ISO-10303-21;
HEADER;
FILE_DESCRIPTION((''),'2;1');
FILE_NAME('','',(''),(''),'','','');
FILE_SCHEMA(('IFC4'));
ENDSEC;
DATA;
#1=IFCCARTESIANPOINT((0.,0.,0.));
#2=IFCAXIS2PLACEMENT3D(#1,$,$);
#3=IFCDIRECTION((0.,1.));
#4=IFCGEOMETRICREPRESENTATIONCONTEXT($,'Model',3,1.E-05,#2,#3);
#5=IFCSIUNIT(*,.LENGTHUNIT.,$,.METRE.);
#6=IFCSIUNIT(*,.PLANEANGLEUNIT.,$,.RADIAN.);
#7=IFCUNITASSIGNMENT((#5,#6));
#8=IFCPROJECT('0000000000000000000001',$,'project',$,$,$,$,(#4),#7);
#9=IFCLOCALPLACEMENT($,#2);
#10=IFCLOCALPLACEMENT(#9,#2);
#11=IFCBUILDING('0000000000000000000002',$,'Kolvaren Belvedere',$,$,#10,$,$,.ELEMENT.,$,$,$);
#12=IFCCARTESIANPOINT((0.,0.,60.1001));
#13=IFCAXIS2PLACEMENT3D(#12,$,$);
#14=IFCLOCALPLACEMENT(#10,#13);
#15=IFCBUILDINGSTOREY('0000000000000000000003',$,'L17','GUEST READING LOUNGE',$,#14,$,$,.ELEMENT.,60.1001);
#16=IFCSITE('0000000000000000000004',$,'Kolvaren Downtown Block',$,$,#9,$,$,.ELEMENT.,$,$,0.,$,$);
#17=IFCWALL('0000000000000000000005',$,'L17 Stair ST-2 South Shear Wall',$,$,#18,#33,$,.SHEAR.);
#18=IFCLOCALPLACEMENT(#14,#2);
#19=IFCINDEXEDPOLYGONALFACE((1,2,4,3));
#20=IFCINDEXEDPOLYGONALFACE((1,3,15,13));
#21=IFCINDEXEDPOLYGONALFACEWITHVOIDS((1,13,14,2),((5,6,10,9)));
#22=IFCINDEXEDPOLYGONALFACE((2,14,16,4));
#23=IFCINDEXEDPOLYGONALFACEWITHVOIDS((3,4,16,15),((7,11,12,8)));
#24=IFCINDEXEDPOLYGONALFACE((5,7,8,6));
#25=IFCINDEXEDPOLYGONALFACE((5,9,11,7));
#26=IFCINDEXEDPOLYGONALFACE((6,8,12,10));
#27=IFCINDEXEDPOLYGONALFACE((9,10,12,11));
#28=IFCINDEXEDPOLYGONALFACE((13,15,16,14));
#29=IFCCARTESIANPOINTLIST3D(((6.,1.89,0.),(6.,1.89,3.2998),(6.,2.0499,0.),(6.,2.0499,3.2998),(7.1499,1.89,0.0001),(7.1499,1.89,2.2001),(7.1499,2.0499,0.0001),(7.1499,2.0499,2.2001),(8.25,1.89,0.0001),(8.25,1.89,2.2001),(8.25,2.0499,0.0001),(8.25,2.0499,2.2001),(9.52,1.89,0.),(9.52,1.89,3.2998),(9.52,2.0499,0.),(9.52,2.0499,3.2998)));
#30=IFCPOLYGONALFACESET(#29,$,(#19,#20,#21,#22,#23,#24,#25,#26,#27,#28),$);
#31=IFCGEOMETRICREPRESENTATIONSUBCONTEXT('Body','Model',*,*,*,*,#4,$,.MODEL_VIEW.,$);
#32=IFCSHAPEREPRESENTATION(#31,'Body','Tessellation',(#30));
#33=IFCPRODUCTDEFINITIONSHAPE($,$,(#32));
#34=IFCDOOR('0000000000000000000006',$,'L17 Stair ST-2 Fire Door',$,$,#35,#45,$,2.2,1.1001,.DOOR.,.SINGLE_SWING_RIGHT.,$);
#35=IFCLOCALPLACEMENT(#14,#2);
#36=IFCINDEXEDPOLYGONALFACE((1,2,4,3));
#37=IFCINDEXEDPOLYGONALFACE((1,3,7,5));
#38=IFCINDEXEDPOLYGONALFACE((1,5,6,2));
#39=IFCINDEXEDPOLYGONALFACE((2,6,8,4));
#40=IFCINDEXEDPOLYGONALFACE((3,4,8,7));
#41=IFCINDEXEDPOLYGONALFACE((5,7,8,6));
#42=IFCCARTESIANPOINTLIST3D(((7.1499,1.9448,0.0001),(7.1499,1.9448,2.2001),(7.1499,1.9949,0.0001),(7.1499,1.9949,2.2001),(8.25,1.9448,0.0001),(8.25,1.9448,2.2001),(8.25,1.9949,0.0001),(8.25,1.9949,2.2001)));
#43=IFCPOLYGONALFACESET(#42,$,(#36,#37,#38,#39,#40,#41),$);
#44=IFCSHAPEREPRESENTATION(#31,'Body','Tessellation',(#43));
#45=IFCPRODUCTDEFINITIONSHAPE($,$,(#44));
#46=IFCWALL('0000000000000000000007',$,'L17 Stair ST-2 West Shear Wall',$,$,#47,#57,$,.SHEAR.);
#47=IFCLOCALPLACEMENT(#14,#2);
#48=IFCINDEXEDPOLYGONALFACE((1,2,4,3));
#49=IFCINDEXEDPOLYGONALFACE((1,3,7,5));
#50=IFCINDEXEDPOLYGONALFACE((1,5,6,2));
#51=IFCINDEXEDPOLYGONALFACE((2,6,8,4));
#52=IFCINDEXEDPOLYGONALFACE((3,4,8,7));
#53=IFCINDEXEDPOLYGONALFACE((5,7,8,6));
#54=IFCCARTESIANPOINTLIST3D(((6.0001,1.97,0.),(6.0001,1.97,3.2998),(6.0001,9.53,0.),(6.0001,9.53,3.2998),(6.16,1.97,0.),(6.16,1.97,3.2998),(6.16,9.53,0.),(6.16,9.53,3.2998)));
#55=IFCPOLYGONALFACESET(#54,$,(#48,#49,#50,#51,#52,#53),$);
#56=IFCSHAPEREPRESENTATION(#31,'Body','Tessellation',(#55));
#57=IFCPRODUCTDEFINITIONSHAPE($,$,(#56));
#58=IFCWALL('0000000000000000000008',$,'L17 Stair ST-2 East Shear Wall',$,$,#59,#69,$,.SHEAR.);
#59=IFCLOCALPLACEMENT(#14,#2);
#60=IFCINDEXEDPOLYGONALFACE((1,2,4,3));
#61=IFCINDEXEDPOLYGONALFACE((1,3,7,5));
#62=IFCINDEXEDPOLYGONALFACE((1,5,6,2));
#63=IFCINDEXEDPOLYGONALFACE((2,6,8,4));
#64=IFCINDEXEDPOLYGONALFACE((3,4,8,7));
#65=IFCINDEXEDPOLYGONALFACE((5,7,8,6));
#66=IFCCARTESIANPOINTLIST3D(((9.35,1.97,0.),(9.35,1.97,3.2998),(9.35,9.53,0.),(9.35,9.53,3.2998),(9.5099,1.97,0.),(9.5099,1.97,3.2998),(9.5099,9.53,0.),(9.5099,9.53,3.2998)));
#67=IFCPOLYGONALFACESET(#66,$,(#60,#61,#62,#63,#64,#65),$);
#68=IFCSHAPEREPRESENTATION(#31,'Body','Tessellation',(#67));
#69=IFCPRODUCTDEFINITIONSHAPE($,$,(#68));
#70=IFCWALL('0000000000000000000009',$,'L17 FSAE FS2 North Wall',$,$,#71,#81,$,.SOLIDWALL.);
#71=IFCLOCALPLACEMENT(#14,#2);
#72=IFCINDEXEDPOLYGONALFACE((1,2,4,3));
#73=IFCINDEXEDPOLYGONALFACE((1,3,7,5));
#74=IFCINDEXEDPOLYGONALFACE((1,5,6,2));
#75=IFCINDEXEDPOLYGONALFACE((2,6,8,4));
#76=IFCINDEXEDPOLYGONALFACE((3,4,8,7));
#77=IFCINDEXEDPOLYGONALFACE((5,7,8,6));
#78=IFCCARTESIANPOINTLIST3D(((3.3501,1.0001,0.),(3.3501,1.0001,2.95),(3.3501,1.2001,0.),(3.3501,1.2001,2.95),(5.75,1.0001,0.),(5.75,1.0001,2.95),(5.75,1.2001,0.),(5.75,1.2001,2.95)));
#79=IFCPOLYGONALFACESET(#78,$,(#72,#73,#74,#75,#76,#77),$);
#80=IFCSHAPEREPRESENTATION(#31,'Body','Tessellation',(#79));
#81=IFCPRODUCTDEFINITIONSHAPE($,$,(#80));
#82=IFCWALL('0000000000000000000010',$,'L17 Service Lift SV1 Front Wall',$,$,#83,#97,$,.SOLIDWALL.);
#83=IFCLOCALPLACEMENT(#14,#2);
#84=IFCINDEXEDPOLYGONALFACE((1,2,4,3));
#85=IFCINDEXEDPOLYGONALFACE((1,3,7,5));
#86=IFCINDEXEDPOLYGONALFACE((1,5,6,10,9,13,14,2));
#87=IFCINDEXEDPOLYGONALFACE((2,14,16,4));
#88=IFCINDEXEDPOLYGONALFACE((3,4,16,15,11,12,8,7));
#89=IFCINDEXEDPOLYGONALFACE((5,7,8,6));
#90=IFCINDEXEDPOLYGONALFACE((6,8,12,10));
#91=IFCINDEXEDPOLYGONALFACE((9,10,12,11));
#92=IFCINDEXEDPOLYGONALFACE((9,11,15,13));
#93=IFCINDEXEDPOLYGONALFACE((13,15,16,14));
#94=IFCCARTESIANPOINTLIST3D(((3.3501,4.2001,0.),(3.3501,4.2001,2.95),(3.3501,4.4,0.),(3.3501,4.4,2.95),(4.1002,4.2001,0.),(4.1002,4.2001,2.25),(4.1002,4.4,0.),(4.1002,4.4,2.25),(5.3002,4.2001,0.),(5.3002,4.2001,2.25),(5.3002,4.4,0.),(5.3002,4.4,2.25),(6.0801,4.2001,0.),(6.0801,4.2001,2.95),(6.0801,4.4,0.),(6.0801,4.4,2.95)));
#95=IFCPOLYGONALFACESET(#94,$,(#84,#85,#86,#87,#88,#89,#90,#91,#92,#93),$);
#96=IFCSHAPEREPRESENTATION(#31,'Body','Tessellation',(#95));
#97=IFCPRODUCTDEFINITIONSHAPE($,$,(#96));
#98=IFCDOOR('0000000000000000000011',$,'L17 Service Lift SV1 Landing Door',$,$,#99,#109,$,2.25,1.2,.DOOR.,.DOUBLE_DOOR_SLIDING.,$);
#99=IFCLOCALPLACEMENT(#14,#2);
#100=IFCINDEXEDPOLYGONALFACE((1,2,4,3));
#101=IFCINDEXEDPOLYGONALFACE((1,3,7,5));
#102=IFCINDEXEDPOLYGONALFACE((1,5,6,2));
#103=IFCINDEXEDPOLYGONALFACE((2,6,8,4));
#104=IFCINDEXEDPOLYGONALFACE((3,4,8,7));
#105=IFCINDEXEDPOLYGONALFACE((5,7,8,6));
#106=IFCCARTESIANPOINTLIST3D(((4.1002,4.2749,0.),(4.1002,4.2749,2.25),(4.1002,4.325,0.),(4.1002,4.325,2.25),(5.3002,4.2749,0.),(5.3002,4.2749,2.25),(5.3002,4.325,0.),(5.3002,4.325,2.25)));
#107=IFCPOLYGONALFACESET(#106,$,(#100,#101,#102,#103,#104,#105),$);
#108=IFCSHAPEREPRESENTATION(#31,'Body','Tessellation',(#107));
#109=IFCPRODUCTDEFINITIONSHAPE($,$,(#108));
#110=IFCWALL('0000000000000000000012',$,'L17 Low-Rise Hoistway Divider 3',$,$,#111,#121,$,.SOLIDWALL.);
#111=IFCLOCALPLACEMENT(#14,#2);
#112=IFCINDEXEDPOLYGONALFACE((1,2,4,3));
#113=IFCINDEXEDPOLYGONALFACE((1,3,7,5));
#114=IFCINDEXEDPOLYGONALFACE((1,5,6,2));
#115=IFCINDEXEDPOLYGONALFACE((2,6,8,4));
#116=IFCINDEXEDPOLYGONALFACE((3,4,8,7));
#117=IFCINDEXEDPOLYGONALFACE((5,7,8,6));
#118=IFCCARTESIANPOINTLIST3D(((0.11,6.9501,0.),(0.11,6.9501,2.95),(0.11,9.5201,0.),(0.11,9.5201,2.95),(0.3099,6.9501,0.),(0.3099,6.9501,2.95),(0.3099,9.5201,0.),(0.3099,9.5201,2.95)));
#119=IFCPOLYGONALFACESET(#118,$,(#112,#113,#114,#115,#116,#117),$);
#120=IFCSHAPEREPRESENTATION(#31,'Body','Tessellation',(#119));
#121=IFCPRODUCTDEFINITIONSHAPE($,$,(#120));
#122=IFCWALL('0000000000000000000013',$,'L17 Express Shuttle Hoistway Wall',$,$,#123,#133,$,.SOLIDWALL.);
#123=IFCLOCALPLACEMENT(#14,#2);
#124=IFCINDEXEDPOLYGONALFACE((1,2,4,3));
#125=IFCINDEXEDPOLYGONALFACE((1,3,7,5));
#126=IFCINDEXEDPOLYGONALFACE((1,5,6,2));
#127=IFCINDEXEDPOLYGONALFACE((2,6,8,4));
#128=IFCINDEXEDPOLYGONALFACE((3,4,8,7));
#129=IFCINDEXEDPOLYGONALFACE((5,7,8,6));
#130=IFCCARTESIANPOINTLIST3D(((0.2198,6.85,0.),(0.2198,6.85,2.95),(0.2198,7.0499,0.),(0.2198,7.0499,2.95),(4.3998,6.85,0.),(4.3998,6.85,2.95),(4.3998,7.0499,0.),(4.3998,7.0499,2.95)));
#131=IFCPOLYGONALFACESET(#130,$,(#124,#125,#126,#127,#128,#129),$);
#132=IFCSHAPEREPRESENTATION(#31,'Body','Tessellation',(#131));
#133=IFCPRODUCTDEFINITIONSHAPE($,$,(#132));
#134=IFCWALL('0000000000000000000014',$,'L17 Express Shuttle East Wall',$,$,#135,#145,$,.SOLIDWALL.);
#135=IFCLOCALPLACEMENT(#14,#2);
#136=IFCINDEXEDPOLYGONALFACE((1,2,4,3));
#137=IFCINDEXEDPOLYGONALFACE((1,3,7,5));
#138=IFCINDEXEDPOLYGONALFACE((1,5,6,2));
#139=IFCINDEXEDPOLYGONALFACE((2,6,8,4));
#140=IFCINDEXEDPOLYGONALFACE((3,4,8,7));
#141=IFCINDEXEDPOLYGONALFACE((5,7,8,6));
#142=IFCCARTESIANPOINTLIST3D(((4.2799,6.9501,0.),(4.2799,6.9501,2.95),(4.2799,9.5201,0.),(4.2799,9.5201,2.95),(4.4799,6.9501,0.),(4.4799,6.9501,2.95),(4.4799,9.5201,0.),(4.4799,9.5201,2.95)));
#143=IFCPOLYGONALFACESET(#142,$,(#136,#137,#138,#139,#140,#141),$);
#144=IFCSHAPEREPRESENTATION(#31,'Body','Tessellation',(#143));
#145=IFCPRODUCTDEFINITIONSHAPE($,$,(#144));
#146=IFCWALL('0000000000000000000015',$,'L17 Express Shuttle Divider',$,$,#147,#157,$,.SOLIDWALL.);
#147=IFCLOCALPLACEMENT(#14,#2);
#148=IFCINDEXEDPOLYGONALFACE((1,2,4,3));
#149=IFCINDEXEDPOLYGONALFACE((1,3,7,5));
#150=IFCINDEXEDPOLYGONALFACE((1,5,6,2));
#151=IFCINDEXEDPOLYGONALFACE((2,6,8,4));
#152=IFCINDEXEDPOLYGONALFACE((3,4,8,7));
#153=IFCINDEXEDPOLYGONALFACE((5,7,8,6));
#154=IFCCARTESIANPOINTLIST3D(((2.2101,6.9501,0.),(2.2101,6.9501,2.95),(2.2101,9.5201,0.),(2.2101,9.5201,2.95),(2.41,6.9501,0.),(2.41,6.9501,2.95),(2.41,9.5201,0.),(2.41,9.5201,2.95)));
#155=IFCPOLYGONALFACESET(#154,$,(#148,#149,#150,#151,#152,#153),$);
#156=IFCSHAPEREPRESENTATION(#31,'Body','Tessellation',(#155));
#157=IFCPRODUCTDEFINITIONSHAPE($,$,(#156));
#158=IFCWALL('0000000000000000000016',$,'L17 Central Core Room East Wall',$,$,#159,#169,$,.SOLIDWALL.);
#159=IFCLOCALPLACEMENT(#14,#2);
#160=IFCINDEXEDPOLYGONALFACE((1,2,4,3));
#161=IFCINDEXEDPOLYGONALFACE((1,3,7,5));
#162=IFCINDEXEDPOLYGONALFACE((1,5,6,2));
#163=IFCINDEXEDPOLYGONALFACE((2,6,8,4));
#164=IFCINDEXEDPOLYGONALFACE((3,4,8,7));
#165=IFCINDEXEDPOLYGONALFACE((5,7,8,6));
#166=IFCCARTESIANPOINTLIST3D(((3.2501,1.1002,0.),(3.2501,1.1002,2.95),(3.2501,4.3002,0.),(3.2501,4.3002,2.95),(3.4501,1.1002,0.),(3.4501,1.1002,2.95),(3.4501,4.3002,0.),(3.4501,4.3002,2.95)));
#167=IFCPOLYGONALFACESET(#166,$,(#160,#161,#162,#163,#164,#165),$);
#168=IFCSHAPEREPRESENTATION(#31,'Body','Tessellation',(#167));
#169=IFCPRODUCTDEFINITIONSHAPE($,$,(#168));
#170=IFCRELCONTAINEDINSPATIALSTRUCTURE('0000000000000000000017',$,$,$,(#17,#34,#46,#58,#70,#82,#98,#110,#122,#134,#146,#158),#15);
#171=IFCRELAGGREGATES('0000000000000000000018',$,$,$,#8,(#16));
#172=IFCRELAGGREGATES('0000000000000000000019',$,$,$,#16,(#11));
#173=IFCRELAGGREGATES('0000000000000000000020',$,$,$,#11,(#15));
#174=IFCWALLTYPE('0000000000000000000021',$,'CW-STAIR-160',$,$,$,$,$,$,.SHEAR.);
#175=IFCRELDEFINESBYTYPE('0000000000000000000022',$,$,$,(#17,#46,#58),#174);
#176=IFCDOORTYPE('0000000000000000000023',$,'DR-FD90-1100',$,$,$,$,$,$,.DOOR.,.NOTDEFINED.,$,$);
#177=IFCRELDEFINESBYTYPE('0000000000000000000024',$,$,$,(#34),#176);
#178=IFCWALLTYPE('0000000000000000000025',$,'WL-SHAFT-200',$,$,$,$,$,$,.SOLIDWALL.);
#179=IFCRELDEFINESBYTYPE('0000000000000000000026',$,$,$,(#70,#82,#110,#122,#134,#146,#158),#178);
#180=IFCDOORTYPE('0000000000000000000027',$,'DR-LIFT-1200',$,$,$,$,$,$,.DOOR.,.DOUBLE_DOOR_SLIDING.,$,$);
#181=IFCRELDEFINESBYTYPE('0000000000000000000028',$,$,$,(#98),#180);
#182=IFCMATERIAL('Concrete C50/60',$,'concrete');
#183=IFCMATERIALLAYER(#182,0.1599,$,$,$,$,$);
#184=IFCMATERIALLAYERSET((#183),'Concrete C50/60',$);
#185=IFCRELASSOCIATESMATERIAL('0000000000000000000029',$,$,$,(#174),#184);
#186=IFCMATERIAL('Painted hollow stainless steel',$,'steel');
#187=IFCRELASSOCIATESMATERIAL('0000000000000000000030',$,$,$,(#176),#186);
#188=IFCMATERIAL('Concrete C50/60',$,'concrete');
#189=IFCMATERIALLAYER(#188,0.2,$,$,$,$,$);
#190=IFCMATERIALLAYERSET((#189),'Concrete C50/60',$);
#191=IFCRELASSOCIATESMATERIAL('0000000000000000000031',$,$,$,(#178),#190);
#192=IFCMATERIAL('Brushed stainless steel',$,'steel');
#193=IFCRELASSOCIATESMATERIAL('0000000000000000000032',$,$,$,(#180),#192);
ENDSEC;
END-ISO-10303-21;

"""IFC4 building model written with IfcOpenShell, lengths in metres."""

from ifc_helpers import new_model, si_unit, direction, frame, frame_2d, origin, place, context, subcontext, project, spatial, rectangle, extrude, material, layer, layer_set, type_object, element, fill, save


model = new_model("IFC4")

# Units and contexts
model_context = context("Model", 3, precision=1e-05, world=origin(), true_north=direction((0.0, 1.0)))
body_context = subcontext(model_context, "Body", "Model", "MODEL_VIEW")
ifc_project = project(units=[si_unit("LENGTHUNIT", "METRE"), si_unit("PLANEANGLEUNIT", "RADIAN")], contexts=[model_context])

# Site, building, storey
site_placement = place(None, origin())
site = spatial("IfcSite", under=ifc_project, at=site_placement, Name="Kolvaren Downtown Block", CompositionType="ELEMENT", RefElevation=0.0)
building_placement = place(site_placement, origin())
building = spatial("IfcBuilding", under=site, at=building_placement, Name="Kolvaren Belvedere", CompositionType="ELEMENT")
storey_placement = place(building_placement, frame((0.0, 0.0, 60.1001)))
storey = spatial("IfcBuildingStorey", under=building, at=storey_placement, Name="L17", Description="GUEST READING LOUNGE", CompositionType="ELEMENT", Elevation=60.1001)

# Wall, opening, door
ifc_material_1 = material(Name="Concrete C50/60", Category="concrete")
ifc_layer_1 = layer(ifc_material_1, 0.1599)
ifc_layer_set_1 = layer_set([ifc_layer_1], Name="Concrete C50/60")
wall_type_1 = type_object("IfcWallType", Name="CW-STAIR-160", PredefinedType="SHEAR", material=ifc_layer_set_1)
wall_1_placement = place(storey_placement, frame((6.0, 1.97, 0.0), z_axis=(0.0, 0.0, 1.0), x_axis=(1.0, 0.0, 0.0)))
wall_1 = element("IfcWall", 1, at=wall_1_placement, inside=storey, type_object=wall_type_1, Name="L17 Stair ST-2 South Shear Wall", PredefinedType="SHEAR", context=body_context, shape_type="SweptSolid", body=[
    extrude(rectangle(XDim=3.52, YDim=0.1599, at=frame_2d((1.76, 0.0))), origin(), (0.0, 0.0, 1.0), 3.2998),
])
opening_1_placement = place(wall_1_placement, frame((1.1499, 0.0, 0.0)))
opening_1 = element("IfcOpeningElement", 2, at=opening_1_placement, cuts=wall_1, PredefinedType="OPENING", context=body_context, shape_type="SweptSolid", body=[
    extrude(rectangle(XDim=1.1001, YDim=2.2, at=frame_2d((0.55, 1.1001))), frame((0.0, 0.0898, 0.0), z_axis=(0.0, -1.0, 0.0), x_axis=(1.0, 0.0, 0.0)), (0.0, 0.0, 1.0), 0.1799),
])
ifc_material_2 = material(Name="Painted hollow stainless steel", Category="steel")
door_type_1 = type_object("IfcDoorType", Name="DR-FD90-1100", OperationType="NOTDEFINED", PredefinedType="DOOR", material=ifc_material_2)
door_1_placement = place(opening_1_placement, origin())
door_1 = element("IfcDoor", 3, at=door_1_placement, inside=storey, type_object=door_type_1, Name="L17 Stair ST-2 Fire Door", OperationType="SINGLE_SWING_RIGHT", OverallHeight=2.2, OverallWidth=1.1001, PredefinedType="DOOR", context=body_context, shape_type="SweptSolid", body=[
    extrude(rectangle(XDim=1.1001, YDim=2.2, at=frame_2d((0.55, 1.1001))), frame((0.0, 0.0249, 0.0), z_axis=(0.0, -1.0, 0.0), x_axis=(1.0, 0.0, 0.0)), (0.0, 0.0, 1.0), 0.05),
])
fill(opening_1, door_1)

# Walls
for number, where, z_axis, x_axis, name in (
    (4, (6.0801, 1.97, 0.0), (0.0, 0.0, 1.0), (0.0, 1.0, 0.0), "L17 Stair ST-2 West Shear Wall"),
    (5, (9.4299, 1.97, 0.0), (0.0, 0.0, 1.0), (0.0, 1.0, 0.0), "L17 Stair ST-2 East Shear Wall"),
):
    element("IfcWall", number, at=place(storey_placement, frame(where, z_axis=z_axis, x_axis=x_axis)), inside=storey, type_object=wall_type_1, Name=name, PredefinedType="SHEAR", context=body_context, shape_type="SweptSolid", body=[
        extrude(rectangle(XDim=7.5601, YDim=0.1599, at=frame_2d((3.78, 0.0))), origin(), (0.0, 0.0, 1.0), 3.2998),
    ])
ifc_material_3 = material(Name="Concrete C50/60", Category="concrete")
ifc_layer_2 = layer(ifc_material_3, 0.2)
ifc_layer_set_2 = layer_set([ifc_layer_2], Name="Concrete C50/60")
wall_type_2 = type_object("IfcWallType", Name="WL-SHAFT-200", PredefinedType="SOLIDWALL", material=ifc_layer_set_2)
wall_2_placement = place(storey_placement, frame((3.3501, 1.1001, 0.0), z_axis=(0.0, 0.0, 1.0), x_axis=(1.0, 0.0, 0.0)))
element("IfcWall", 6, at=wall_2_placement, inside=storey, type_object=wall_type_2, Name="L17 FSAE FS2 North Wall", PredefinedType="SOLIDWALL", context=body_context, shape_type="SweptSolid", body=[
    extrude(rectangle(XDim=2.3999, YDim=0.2, at=frame_2d((1.2, 0.0))), origin(), (0.0, 0.0, 1.0), 2.95),
])

# Wall, opening, door
wall_3_placement = place(storey_placement, frame((3.3501, 4.3, 0.0), z_axis=(0.0, 0.0, 1.0), x_axis=(1.0, 0.0, 0.0)))
wall_3 = element("IfcWall", 7, at=wall_3_placement, inside=storey, type_object=wall_type_2, Name="L17 Service Lift SV1 Front Wall", PredefinedType="SOLIDWALL", context=body_context, shape_type="SweptSolid", body=[
    extrude(rectangle(XDim=2.73, YDim=0.2, at=frame_2d((1.365, 0.0))), origin(), (0.0, 0.0, 1.0), 2.95),
])
opening_2_placement = place(wall_3_placement, frame((0.75, 0.0, 0.0)))
opening_2 = element("IfcOpeningElement", 8, at=opening_2_placement, cuts=wall_3, PredefinedType="OPENING", context=body_context, shape_type="SweptSolid", body=[
    extrude(rectangle(XDim=1.2, YDim=2.25, at=frame_2d((0.6001, 1.125))), frame((0.0, 0.1099, 0.0), z_axis=(0.0, -1.0, 0.0), x_axis=(1.0, 0.0, 0.0)), (0.0, 0.0, 1.0), 0.22),
])
ifc_material_4 = material(Name="Brushed stainless steel", Category="steel")
door_type_2 = type_object("IfcDoorType", Name="DR-LIFT-1200", OperationType="DOUBLE_DOOR_SLIDING", PredefinedType="DOOR", material=ifc_material_4)
door_2_placement = place(opening_2_placement, origin())
door_2 = element("IfcDoor", 9, at=door_2_placement, inside=storey, type_object=door_type_2, Name="L17 Service Lift SV1 Landing Door", OperationType="DOUBLE_DOOR_SLIDING", OverallHeight=2.25, OverallWidth=1.2, PredefinedType="DOOR", context=body_context, shape_type="SweptSolid", body=[
    extrude(rectangle(XDim=1.2, YDim=2.25, at=frame_2d((0.6001, 1.125))), frame((0.0, 0.0249, 0.0), z_axis=(0.0, -1.0, 0.0), x_axis=(1.0, 0.0, 0.0)), (0.0, 0.0, 1.0), 0.05),
])
fill(opening_2, door_2)

# Walls
wall_4_placement = place(storey_placement, frame((0.21, 6.95, 0.0), z_axis=(0.0, 0.0, 1.0), x_axis=(0.0, 1.0, 0.0)))
element("IfcWall", 10, at=wall_4_placement, inside=storey, type_object=wall_type_2, Name="L17 Low-Rise Hoistway Divider 3", PredefinedType="SOLIDWALL", context=body_context, shape_type="SweptSolid", body=[
    extrude(rectangle(XDim=2.5701, YDim=0.2, at=frame_2d((1.2852, 0.0))), origin(), (0.0, 0.0, 1.0), 2.95),
])
wall_5_placement = place(storey_placement, frame((0.22, 6.95, 0.0), z_axis=(0.0, 0.0, 1.0), x_axis=(1.0, 0.0, 0.0)))
element("IfcWall", 11, at=wall_5_placement, inside=storey, type_object=wall_type_2, Name="L17 Express Shuttle Hoistway Wall", PredefinedType="SOLIDWALL", context=body_context, shape_type="SweptSolid", body=[
    extrude(rectangle(XDim=4.1799, YDim=0.2, at=frame_2d((2.0898, 0.0))), origin(), (0.0, 0.0, 1.0), 2.95),
])
for number, where, z_axis, x_axis, name in (
    (12, (4.3799, 6.95, 0.0), (0.0, 0.0, 1.0), (0.0, 1.0, 0.0), "L17 Express Shuttle East Wall"),
    (13, (2.3101, 6.95, 0.0), (0.0, 0.0, 1.0), (0.0, 1.0, 0.0), "L17 Express Shuttle Divider"),
):
    element("IfcWall", number, at=place(storey_placement, frame(where, z_axis=z_axis, x_axis=x_axis)), inside=storey, type_object=wall_type_2, Name=name, PredefinedType="SOLIDWALL", context=body_context, shape_type="SweptSolid", body=[
        extrude(rectangle(XDim=2.5701, YDim=0.2, at=frame_2d((1.2852, 0.0))), origin(), (0.0, 0.0, 1.0), 2.95),
    ])
wall_6_placement = place(storey_placement, frame((3.3501, 1.1001, 0.0), z_axis=(0.0, 0.0, 1.0), x_axis=(0.0, 1.0, 0.0)))
element("IfcWall", 14, at=wall_6_placement, inside=storey, type_object=wall_type_2, Name="L17 Central Core Room East Wall", PredefinedType="SOLIDWALL", context=body_context, shape_type="SweptSolid", body=[
    extrude(rectangle(XDim=3.2, YDim=0.2, at=frame_2d((1.6001, 0.0))), origin(), (0.0, 0.0, 1.0), 2.95),
])

save(model, "model.ifc")
